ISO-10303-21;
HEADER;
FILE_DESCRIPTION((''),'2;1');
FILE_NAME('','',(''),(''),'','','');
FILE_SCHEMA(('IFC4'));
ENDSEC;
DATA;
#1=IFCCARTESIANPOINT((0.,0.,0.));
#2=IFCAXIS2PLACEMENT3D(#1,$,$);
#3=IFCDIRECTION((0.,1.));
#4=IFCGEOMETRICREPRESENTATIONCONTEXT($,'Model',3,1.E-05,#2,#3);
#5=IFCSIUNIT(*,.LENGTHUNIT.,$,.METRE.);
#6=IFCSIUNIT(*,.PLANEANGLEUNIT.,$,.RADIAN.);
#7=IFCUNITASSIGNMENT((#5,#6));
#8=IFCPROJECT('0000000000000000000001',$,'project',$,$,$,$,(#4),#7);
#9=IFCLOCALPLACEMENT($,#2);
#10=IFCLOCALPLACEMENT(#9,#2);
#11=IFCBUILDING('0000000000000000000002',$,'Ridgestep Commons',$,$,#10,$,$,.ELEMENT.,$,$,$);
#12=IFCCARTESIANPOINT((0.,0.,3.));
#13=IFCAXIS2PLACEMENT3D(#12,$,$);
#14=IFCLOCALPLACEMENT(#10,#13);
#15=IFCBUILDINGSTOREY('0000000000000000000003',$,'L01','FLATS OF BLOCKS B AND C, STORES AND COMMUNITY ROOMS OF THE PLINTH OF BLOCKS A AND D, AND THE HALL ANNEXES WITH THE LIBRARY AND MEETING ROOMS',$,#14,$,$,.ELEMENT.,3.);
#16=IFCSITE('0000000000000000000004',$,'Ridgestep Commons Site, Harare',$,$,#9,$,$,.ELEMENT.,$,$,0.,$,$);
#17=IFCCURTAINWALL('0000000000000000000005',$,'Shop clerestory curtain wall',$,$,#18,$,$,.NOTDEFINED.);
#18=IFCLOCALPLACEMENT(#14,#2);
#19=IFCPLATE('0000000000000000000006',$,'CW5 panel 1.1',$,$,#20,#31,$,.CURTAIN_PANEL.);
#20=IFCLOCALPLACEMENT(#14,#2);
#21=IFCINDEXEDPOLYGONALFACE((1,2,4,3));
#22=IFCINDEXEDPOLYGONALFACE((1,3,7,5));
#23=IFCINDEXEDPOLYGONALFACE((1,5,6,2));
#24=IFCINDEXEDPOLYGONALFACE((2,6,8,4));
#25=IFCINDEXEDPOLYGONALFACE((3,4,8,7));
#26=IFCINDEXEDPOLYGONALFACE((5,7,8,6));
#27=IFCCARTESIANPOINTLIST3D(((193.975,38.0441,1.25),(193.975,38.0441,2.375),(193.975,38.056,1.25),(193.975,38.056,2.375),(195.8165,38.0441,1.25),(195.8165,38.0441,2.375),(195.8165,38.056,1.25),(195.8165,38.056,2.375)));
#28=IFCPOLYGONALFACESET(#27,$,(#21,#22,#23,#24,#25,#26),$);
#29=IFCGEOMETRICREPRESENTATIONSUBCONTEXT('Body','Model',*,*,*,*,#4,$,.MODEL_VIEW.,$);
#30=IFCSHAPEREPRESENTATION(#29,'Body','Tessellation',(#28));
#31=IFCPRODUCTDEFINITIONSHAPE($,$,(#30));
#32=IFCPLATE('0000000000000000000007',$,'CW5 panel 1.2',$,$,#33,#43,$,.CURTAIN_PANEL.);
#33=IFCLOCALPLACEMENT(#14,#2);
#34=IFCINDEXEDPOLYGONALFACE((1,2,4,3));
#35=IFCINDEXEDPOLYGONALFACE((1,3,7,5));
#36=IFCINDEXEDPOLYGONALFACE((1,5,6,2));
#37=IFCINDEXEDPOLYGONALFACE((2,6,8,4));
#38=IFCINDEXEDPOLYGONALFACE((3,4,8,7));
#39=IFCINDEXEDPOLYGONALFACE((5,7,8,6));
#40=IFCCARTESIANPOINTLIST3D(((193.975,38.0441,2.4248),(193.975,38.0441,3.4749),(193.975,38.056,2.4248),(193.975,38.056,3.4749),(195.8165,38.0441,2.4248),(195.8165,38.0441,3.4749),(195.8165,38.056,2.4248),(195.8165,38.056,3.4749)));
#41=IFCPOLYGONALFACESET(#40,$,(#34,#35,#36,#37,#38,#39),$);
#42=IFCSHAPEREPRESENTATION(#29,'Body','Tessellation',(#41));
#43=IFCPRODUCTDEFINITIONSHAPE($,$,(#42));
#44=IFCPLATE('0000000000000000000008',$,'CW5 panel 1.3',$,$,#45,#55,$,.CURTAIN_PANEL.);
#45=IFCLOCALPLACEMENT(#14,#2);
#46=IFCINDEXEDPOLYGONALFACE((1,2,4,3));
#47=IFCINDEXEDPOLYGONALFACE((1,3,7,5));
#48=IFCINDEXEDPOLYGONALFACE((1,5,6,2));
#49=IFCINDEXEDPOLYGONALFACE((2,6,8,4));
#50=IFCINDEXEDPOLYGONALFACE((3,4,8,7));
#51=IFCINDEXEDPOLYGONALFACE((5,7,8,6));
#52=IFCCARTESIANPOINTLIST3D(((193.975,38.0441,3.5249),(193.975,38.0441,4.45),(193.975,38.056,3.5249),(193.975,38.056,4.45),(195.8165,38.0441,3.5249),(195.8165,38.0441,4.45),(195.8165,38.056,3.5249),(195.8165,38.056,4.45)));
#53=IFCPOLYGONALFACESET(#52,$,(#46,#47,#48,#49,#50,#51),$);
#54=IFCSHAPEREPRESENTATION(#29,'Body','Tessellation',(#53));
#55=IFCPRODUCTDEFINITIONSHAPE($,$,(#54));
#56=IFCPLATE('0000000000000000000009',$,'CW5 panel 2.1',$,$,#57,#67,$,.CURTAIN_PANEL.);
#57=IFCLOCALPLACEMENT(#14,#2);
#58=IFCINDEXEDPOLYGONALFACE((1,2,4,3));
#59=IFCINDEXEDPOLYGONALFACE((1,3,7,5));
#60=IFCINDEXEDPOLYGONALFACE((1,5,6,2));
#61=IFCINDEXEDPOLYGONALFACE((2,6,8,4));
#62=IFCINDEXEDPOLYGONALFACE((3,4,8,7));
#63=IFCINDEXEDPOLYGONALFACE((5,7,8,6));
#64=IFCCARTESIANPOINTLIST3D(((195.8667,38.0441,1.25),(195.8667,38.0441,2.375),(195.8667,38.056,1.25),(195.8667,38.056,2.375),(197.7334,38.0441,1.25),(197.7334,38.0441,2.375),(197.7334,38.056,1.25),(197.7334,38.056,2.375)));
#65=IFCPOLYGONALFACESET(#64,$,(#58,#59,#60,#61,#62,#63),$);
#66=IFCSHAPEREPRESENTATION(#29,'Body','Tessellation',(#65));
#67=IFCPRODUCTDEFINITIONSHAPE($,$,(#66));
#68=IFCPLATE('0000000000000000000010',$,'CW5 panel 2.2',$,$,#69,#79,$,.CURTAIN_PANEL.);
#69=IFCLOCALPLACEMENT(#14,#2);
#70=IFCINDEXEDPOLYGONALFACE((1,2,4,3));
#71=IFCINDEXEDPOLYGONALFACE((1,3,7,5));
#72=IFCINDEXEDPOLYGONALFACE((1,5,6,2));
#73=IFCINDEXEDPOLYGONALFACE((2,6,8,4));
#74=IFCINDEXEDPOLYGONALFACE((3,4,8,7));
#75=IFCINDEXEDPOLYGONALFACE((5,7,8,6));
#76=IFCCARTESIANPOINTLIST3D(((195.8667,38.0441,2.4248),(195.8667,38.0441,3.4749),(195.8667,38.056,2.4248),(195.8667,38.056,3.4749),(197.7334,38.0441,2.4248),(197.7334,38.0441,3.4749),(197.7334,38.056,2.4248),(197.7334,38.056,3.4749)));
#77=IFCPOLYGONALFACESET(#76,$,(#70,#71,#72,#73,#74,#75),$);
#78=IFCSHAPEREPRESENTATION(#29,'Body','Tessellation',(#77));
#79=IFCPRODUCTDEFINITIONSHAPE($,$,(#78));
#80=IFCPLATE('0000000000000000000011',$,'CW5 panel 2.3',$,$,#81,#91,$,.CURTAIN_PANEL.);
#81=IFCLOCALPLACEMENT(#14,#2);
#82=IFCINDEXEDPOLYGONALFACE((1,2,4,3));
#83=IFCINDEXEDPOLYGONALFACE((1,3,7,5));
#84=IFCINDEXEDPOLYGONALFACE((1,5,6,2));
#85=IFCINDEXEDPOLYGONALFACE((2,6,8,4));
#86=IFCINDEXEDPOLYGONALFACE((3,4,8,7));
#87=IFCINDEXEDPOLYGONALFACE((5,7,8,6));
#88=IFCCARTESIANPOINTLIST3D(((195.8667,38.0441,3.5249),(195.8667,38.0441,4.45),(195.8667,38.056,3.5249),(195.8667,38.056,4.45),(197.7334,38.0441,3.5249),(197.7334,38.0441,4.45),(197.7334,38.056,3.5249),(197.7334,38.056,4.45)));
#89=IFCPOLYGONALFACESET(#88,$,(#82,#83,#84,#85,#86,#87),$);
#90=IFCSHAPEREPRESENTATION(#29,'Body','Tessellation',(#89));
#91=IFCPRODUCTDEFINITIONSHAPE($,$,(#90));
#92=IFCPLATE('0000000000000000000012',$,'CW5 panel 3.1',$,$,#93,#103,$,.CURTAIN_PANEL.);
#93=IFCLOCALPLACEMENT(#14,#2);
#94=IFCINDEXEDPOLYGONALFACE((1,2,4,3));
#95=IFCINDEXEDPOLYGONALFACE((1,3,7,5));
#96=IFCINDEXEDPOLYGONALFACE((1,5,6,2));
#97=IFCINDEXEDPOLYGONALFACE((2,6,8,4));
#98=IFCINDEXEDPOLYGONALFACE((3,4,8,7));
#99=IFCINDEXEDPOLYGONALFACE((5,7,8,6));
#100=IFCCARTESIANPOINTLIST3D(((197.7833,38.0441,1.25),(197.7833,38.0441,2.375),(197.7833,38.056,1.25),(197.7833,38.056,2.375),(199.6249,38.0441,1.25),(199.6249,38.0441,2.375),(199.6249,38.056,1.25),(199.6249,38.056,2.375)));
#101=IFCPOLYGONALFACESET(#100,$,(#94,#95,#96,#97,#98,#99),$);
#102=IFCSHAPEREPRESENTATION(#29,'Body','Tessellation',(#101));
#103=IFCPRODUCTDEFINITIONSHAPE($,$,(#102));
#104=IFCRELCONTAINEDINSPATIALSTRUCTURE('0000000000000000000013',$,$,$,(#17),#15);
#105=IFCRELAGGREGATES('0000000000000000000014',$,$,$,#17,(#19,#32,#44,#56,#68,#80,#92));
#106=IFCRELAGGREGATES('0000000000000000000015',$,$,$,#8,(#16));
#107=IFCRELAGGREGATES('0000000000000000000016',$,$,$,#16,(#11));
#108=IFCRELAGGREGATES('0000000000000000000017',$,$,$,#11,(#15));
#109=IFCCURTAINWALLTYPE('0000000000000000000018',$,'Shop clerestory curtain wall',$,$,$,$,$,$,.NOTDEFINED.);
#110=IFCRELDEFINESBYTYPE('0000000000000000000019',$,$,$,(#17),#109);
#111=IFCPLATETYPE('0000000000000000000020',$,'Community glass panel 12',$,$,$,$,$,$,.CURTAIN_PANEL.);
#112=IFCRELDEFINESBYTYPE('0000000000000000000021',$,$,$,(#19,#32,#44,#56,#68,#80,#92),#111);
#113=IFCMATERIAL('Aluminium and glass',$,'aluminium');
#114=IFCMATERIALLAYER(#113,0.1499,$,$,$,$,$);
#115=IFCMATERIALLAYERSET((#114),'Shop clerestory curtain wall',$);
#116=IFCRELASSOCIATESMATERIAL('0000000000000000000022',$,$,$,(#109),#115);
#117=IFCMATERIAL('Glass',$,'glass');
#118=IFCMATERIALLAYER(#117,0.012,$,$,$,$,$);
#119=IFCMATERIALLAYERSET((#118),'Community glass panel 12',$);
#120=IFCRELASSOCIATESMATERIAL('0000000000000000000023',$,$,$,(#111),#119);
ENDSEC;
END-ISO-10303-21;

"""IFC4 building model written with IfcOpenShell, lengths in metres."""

from ifc_helpers import new_model, si_unit, direction, frame, origin, origin_2d, place, context, subcontext, project, spatial, rectangle, extrude, material, layer, layer_set, type_object, element, aggregate, save


model = new_model("IFC4")

# Units and contexts
model_context = context("Model", 3, precision=1e-05, world=origin(), true_north=direction((0.0, 1.0)))
body_context = subcontext(model_context, "Body", "Model", "MODEL_VIEW")
ifc_project = project(units=[si_unit("LENGTHUNIT", "METRE"), si_unit("PLANEANGLEUNIT", "RADIAN")], contexts=[model_context])

# Site, building, storey
site_placement = place(None, origin())
site = spatial("IfcSite", under=ifc_project, at=site_placement, Name="Ridgestep Commons Site, Harare", CompositionType="ELEMENT", RefElevation=0.0)
building_placement = place(site_placement, origin())
building = spatial("IfcBuilding", under=site, at=building_placement, Name="Ridgestep Commons", CompositionType="ELEMENT")
storey_placement = place(building_placement, frame((0.0, 0.0, 3.0)))
storey = spatial("IfcBuildingStorey", under=building, at=storey_placement, Name="L01", Description="FLATS OF BLOCKS B AND C, STORES AND COMMUNITY ROOMS OF THE PLINTH OF BLOCKS A AND D, AND THE HALL ANNEXES WITH THE LIBRARY AND MEETING ROOMS", CompositionType="ELEMENT", Elevation=3.0)

# Curtain wall, plates
ifc_material_1 = material(Name="Aluminium and glass", Category="aluminium")
ifc_layer_1 = layer(ifc_material_1, 0.1499)
ifc_layer_set_1 = layer_set([ifc_layer_1], Name="Shop clerestory curtain wall")
curtain_wall_type = type_object("IfcCurtainWallType", Name="Shop clerestory curtain wall", PredefinedType="NOTDEFINED", material=ifc_layer_set_1)
curtain_wall_placement = place(storey_placement, origin())
curtain_wall = element("IfcCurtainWall", 1, at=curtain_wall_placement, inside=storey, type_object=curtain_wall_type, Name="Shop clerestory curtain wall", PredefinedType="NOTDEFINED")
ifc_material_2 = material(Name="Glass", Category="glass")
ifc_layer_2 = layer(ifc_material_2, 0.012)
ifc_layer_set_2 = layer_set([ifc_layer_2], Name="Community glass panel 12")
plate_type = type_object("IfcPlateType", Name="Community glass panel 12", PredefinedType="CURTAIN_PANEL", material=ifc_layer_set_2)
plate_1_placement = place(storey_placement, frame((194.8958, 38.05, 1.25), z_axis=(0.0, 0.0, 1.0), x_axis=(1.0, 0.0, 0.0)))
plate_1 = element("IfcPlate", 2, at=plate_1_placement, type_object=plate_type, Name="CW5 panel 1.1", PredefinedType="CURTAIN_PANEL", context=body_context, shape_type="SweptSolid", body=[
    extrude(rectangle(XDim=1.8416, YDim=0.012, at=origin_2d()), origin(), (0.0, 0.0, 1.0), 1.125),
])
plate_2_placement = place(storey_placement, frame((194.8958, 38.05, 2.4248), z_axis=(0.0, 0.0, 1.0), x_axis=(1.0, 0.0, 0.0)))
plate_2 = element("IfcPlate", 3, at=plate_2_placement, type_object=plate_type, Name="CW5 panel 1.2", PredefinedType="CURTAIN_PANEL", context=body_context, shape_type="SweptSolid", body=[
    extrude(rectangle(XDim=1.8416, YDim=0.012, at=origin_2d()), origin(), (0.0, 0.0, 1.0), 1.05),
])
plate_3_placement = place(storey_placement, frame((194.8958, 38.05, 3.5249), z_axis=(0.0, 0.0, 1.0), x_axis=(1.0, 0.0, 0.0)))
plate_3 = element("IfcPlate", 4, at=plate_3_placement, type_object=plate_type, Name="CW5 panel 1.3", PredefinedType="CURTAIN_PANEL", context=body_context, shape_type="SweptSolid", body=[
    extrude(rectangle(XDim=1.8416, YDim=0.012, at=origin_2d()), origin(), (0.0, 0.0, 1.0), 0.925),
])
plate_4_placement = place(storey_placement, frame((196.8, 38.05, 1.25), z_axis=(0.0, 0.0, 1.0), x_axis=(1.0, 0.0, 0.0)))
plate_4 = element("IfcPlate", 5, at=plate_4_placement, type_object=plate_type, Name="CW5 panel 2.1", PredefinedType="CURTAIN_PANEL", context=body_context, shape_type="SweptSolid", body=[
    extrude(rectangle(XDim=1.8667, YDim=0.012, at=origin_2d()), origin(), (0.0, 0.0, 1.0), 1.125),
])
plate_5_placement = place(storey_placement, frame((196.8, 38.05, 2.4248), z_axis=(0.0, 0.0, 1.0), x_axis=(1.0, 0.0, 0.0)))
plate_5 = element("IfcPlate", 6, at=plate_5_placement, type_object=plate_type, Name="CW5 panel 2.2", PredefinedType="CURTAIN_PANEL", context=body_context, shape_type="SweptSolid", body=[
    extrude(rectangle(XDim=1.8667, YDim=0.012, at=origin_2d()), origin(), (0.0, 0.0, 1.0), 1.05),
])
plate_6_placement = place(storey_placement, frame((196.8, 38.05, 3.5249), z_axis=(0.0, 0.0, 1.0), x_axis=(1.0, 0.0, 0.0)))
plate_6 = element("IfcPlate", 7, at=plate_6_placement, type_object=plate_type, Name="CW5 panel 2.3", PredefinedType="CURTAIN_PANEL", context=body_context, shape_type="SweptSolid", body=[
    extrude(rectangle(XDim=1.8667, YDim=0.012, at=origin_2d()), origin(), (0.0, 0.0, 1.0), 0.925),
])
plate_7_placement = place(storey_placement, frame((198.7041, 38.05, 1.25), z_axis=(0.0, 0.0, 1.0), x_axis=(1.0, 0.0, 0.0)))
plate_7 = element("IfcPlate", 8, at=plate_7_placement, type_object=plate_type, Name="CW5 panel 3.1", PredefinedType="CURTAIN_PANEL", context=body_context, shape_type="SweptSolid", body=[
    extrude(rectangle(XDim=1.8416, YDim=0.012, at=origin_2d()), origin(), (0.0, 0.0, 1.0), 1.125),
])
aggregate(curtain_wall, [plate_1, plate_2, plate_3, plate_4, plate_5, plate_6, plate_7])

save(model, "model.ifc")
